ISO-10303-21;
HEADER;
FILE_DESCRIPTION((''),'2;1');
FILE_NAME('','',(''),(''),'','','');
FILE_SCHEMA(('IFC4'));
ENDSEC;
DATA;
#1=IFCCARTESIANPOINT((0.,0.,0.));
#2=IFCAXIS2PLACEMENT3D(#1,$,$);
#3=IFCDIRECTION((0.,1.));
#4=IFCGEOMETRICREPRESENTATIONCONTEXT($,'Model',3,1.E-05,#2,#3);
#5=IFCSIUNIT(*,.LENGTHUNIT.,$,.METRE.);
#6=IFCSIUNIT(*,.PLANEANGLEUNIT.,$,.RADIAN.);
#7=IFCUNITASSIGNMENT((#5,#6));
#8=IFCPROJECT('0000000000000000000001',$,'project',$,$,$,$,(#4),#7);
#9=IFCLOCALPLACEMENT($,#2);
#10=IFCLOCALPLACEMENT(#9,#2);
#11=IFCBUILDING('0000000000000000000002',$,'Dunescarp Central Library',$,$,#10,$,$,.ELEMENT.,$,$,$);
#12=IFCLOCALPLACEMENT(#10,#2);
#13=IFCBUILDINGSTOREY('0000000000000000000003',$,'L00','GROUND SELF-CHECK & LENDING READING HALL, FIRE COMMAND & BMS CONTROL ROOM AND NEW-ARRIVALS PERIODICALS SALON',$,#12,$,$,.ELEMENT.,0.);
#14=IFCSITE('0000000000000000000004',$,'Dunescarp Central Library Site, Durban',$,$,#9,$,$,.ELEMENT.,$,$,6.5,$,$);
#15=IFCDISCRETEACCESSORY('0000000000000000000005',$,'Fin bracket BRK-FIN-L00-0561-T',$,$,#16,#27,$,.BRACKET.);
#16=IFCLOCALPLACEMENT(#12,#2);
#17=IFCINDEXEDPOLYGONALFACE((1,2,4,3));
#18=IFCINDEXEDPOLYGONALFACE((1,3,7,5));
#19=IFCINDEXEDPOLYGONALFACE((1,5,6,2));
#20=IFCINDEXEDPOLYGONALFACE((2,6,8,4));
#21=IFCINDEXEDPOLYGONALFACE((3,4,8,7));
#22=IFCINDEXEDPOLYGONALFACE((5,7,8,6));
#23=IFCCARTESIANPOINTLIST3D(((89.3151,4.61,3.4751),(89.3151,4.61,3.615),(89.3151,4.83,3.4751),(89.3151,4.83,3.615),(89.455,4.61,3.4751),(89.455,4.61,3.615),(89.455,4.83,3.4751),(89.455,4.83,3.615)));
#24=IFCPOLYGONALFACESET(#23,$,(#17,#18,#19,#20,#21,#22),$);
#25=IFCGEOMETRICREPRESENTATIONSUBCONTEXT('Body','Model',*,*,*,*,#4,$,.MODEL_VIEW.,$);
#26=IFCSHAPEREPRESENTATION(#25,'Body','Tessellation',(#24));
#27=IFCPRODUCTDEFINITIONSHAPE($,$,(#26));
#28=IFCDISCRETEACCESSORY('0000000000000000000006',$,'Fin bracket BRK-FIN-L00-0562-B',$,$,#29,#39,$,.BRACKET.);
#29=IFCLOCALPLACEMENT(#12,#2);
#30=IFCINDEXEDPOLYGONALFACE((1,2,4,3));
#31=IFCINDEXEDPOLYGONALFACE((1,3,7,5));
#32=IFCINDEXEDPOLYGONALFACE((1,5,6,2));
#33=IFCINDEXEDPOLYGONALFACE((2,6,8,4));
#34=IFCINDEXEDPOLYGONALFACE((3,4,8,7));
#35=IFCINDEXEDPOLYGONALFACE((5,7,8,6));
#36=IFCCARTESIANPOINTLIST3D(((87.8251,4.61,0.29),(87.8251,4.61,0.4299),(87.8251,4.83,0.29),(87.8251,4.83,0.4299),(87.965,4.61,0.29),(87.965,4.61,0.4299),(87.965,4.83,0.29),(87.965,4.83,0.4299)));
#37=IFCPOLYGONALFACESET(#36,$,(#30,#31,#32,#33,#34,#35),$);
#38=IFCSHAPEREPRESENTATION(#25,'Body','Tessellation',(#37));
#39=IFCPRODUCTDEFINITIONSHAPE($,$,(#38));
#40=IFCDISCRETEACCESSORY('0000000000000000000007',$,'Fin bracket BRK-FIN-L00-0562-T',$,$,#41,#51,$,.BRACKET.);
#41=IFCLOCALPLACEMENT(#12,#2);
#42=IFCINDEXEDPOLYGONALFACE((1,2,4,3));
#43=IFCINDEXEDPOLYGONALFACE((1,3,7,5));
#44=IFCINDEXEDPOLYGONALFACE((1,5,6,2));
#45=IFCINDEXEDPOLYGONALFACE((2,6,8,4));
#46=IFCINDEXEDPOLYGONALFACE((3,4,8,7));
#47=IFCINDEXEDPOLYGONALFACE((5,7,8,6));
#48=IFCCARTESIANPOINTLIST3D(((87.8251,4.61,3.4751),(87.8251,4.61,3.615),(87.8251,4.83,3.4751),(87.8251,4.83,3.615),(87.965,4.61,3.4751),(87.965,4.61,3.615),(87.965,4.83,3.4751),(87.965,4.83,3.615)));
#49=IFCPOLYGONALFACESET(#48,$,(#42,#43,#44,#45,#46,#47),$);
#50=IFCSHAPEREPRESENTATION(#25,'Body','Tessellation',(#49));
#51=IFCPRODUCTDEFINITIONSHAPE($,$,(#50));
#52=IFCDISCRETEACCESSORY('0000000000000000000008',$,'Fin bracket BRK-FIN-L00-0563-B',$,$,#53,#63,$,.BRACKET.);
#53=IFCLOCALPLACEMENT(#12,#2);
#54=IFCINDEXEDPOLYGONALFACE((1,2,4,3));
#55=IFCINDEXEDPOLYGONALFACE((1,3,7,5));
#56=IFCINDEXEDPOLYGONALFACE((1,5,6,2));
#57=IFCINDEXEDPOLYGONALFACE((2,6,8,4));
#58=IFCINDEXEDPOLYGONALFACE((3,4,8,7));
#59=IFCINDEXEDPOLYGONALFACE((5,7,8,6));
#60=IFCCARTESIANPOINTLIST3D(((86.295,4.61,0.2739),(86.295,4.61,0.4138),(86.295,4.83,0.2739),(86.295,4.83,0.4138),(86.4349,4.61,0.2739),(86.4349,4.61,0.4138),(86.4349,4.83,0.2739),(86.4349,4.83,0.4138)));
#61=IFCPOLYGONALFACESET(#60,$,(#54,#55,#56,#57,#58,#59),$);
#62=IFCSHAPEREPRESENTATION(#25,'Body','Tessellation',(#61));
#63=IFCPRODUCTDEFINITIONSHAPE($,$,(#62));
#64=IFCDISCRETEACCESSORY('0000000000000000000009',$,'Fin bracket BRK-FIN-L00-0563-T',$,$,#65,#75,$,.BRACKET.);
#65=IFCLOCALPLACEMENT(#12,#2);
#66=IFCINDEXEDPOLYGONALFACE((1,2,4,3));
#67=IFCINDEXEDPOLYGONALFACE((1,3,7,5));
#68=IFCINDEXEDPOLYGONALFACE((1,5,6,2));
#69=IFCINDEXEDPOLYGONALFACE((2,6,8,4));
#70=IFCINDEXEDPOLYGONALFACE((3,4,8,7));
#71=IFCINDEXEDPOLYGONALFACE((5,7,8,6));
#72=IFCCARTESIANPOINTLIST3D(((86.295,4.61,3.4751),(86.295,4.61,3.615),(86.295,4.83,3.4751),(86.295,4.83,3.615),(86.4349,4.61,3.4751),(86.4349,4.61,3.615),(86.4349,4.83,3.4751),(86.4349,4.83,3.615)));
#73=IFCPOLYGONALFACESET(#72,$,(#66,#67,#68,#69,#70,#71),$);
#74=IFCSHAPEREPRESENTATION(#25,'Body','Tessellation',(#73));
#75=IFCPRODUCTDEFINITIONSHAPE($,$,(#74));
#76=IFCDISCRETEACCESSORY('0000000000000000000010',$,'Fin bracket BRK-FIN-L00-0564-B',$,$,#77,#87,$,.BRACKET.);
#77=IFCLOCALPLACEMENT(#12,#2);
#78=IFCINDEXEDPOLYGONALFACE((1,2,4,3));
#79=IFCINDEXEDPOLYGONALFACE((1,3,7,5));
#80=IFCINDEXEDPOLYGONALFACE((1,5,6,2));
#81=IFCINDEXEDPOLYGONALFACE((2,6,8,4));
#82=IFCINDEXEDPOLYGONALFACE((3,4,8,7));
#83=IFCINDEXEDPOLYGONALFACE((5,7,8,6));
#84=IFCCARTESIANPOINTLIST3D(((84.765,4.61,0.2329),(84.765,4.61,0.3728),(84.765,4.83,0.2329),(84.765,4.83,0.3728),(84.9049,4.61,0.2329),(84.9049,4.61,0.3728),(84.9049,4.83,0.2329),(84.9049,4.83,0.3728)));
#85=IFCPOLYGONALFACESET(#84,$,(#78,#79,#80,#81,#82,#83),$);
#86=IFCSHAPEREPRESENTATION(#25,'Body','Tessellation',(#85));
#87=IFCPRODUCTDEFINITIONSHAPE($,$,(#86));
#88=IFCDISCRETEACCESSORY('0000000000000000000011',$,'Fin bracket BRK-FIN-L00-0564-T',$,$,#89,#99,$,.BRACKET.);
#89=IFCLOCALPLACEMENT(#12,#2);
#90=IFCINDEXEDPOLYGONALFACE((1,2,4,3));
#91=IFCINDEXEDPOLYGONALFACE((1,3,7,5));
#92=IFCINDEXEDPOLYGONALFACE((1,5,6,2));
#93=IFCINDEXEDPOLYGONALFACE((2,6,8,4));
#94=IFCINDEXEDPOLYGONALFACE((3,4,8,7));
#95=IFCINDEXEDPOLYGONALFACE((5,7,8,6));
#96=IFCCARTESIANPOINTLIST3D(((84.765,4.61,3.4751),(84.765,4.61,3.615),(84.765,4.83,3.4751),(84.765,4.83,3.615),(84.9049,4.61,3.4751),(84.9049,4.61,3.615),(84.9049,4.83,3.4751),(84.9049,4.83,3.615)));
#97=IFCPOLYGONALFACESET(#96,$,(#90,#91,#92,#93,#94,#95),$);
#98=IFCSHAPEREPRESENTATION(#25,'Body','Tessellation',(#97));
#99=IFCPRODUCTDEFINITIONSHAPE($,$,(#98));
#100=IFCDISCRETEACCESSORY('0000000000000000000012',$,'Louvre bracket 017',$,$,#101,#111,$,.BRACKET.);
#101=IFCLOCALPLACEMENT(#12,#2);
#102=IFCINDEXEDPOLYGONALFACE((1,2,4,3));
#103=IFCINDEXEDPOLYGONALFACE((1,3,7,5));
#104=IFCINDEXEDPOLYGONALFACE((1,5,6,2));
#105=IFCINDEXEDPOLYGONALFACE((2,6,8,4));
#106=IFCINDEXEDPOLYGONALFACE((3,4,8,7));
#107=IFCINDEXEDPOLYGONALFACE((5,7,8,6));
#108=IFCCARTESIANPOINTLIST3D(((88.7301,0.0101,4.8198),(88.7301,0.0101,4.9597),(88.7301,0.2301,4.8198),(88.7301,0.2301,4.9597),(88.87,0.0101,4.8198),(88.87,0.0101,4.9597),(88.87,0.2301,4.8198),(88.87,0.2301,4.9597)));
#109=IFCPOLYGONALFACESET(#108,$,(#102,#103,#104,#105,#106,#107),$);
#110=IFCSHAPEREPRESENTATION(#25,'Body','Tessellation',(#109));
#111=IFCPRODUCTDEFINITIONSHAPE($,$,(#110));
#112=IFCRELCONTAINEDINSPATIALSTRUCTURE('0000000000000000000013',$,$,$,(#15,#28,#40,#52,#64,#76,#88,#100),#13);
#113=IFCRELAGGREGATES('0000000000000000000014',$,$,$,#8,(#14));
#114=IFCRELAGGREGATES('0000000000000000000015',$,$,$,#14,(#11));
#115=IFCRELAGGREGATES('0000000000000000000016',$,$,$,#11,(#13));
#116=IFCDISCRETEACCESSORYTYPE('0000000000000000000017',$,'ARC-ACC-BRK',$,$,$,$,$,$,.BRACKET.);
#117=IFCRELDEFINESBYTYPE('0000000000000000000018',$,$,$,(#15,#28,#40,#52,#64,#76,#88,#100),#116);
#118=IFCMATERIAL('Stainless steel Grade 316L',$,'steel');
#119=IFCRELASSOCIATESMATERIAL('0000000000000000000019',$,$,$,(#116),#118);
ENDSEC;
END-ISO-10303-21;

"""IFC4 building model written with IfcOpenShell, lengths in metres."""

from ifc_helpers import new_model, si_unit, direction, frame, origin, origin_2d, place, context, subcontext, project, spatial, rectangle, extrude, material, type_object, element, save


model = new_model("IFC4")

# Units and contexts
model_context = context("Model", 3, precision=1e-05, world=origin(), true_north=direction((0.0, 1.0)))
body_context = subcontext(model_context, "Body", "Model", "MODEL_VIEW")
ifc_project = project(units=[si_unit("LENGTHUNIT", "METRE"), si_unit("PLANEANGLEUNIT", "RADIAN")], contexts=[model_context])

# Site, building, storey
site_placement = place(None, origin())
site = spatial("IfcSite", under=ifc_project, at=site_placement, Name="Dunescarp Central Library Site, Durban", CompositionType="ELEMENT", RefElevation=6.5)
building_placement = place(site_placement, origin())
building = spatial("IfcBuilding", under=site, at=building_placement, Name="Dunescarp Central Library", CompositionType="ELEMENT")
storey_placement = place(building_placement, origin())
storey = spatial("IfcBuildingStorey", under=building, at=storey_placement, Name="L00", Description="GROUND SELF-CHECK & LENDING READING HALL, FIRE COMMAND & BMS CONTROL ROOM AND NEW-ARRIVALS PERIODICALS SALON", CompositionType="ELEMENT", Elevation=0.0)

# Discrete accessories
ifc_material_1 = material(Name="Stainless steel Grade 316L", Category="steel")
discrete_accessory_type = type_object("IfcDiscreteAccessoryType", Name="ARC-ACC-BRK", PredefinedType="BRACKET", material=ifc_material_1)
for number, where, z_axis, x_axis, name in (
    (1, (89.385, 4.72, 3.4751), (0.0, 0.0, 1.0), (0.0, -1.0, 0.0), "Fin bracket BRK-FIN-L00-0561-T"),
    (2, (87.895, 4.72, 0.29), (0.0, 0.0, 1.0), (0.0, -1.0, 0.0), "Fin bracket BRK-FIN-L00-0562-B"),
    (3, (87.895, 4.72, 3.4751), (0.0, 0.0, 1.0), (0.0, -1.0, 0.0), "Fin bracket BRK-FIN-L00-0562-T"),
    (4, (86.365, 4.72, 0.2739), (0.0, 0.0, 1.0), (0.0, -1.0, 0.0), "Fin bracket BRK-FIN-L00-0563-B"),
    (5, (86.365, 4.72, 3.4751), (0.0, 0.0, 1.0), (0.0, -1.0, 0.0), "Fin bracket BRK-FIN-L00-0563-T"),
    (6, (84.835, 4.72, 0.2329), (0.0, 0.0, 1.0), (0.0, -1.0, 0.0), "Fin bracket BRK-FIN-L00-0564-B"),
    (7, (84.835, 4.72, 3.4751), (0.0, 0.0, 1.0), (0.0, -1.0, 0.0), "Fin bracket BRK-FIN-L00-0564-T"),
):
    element("IfcDiscreteAccessory", number, at=place(storey_placement, frame(where, z_axis=z_axis, x_axis=x_axis)), inside=storey, type_object=discrete_accessory_type, Name=name, PredefinedType="BRACKET", context=body_context, shape_type="SweptSolid", body=[
        extrude(rectangle(XDim=0.22, YDim=0.1399, at=origin_2d()), origin(), (0.0, 0.0, 1.0), 0.1399),
    ])
discrete_accessory_placement = place(storey_placement, frame((88.8, 0.1201, 4.8198), z_axis=(0.0, 0.0, 1.0), x_axis=(1.0, 0.0, 0.0)))
element("IfcDiscreteAccessory", 8, at=discrete_accessory_placement, inside=storey, type_object=discrete_accessory_type, Name="Louvre bracket 017", PredefinedType="BRACKET", context=body_context, shape_type="SweptSolid", body=[
    extrude(rectangle(XDim=0.1399, YDim=0.22, at=origin_2d()), origin(), (0.0, 0.0, 1.0), 0.1399),
])

save(model, "model.ifc")
